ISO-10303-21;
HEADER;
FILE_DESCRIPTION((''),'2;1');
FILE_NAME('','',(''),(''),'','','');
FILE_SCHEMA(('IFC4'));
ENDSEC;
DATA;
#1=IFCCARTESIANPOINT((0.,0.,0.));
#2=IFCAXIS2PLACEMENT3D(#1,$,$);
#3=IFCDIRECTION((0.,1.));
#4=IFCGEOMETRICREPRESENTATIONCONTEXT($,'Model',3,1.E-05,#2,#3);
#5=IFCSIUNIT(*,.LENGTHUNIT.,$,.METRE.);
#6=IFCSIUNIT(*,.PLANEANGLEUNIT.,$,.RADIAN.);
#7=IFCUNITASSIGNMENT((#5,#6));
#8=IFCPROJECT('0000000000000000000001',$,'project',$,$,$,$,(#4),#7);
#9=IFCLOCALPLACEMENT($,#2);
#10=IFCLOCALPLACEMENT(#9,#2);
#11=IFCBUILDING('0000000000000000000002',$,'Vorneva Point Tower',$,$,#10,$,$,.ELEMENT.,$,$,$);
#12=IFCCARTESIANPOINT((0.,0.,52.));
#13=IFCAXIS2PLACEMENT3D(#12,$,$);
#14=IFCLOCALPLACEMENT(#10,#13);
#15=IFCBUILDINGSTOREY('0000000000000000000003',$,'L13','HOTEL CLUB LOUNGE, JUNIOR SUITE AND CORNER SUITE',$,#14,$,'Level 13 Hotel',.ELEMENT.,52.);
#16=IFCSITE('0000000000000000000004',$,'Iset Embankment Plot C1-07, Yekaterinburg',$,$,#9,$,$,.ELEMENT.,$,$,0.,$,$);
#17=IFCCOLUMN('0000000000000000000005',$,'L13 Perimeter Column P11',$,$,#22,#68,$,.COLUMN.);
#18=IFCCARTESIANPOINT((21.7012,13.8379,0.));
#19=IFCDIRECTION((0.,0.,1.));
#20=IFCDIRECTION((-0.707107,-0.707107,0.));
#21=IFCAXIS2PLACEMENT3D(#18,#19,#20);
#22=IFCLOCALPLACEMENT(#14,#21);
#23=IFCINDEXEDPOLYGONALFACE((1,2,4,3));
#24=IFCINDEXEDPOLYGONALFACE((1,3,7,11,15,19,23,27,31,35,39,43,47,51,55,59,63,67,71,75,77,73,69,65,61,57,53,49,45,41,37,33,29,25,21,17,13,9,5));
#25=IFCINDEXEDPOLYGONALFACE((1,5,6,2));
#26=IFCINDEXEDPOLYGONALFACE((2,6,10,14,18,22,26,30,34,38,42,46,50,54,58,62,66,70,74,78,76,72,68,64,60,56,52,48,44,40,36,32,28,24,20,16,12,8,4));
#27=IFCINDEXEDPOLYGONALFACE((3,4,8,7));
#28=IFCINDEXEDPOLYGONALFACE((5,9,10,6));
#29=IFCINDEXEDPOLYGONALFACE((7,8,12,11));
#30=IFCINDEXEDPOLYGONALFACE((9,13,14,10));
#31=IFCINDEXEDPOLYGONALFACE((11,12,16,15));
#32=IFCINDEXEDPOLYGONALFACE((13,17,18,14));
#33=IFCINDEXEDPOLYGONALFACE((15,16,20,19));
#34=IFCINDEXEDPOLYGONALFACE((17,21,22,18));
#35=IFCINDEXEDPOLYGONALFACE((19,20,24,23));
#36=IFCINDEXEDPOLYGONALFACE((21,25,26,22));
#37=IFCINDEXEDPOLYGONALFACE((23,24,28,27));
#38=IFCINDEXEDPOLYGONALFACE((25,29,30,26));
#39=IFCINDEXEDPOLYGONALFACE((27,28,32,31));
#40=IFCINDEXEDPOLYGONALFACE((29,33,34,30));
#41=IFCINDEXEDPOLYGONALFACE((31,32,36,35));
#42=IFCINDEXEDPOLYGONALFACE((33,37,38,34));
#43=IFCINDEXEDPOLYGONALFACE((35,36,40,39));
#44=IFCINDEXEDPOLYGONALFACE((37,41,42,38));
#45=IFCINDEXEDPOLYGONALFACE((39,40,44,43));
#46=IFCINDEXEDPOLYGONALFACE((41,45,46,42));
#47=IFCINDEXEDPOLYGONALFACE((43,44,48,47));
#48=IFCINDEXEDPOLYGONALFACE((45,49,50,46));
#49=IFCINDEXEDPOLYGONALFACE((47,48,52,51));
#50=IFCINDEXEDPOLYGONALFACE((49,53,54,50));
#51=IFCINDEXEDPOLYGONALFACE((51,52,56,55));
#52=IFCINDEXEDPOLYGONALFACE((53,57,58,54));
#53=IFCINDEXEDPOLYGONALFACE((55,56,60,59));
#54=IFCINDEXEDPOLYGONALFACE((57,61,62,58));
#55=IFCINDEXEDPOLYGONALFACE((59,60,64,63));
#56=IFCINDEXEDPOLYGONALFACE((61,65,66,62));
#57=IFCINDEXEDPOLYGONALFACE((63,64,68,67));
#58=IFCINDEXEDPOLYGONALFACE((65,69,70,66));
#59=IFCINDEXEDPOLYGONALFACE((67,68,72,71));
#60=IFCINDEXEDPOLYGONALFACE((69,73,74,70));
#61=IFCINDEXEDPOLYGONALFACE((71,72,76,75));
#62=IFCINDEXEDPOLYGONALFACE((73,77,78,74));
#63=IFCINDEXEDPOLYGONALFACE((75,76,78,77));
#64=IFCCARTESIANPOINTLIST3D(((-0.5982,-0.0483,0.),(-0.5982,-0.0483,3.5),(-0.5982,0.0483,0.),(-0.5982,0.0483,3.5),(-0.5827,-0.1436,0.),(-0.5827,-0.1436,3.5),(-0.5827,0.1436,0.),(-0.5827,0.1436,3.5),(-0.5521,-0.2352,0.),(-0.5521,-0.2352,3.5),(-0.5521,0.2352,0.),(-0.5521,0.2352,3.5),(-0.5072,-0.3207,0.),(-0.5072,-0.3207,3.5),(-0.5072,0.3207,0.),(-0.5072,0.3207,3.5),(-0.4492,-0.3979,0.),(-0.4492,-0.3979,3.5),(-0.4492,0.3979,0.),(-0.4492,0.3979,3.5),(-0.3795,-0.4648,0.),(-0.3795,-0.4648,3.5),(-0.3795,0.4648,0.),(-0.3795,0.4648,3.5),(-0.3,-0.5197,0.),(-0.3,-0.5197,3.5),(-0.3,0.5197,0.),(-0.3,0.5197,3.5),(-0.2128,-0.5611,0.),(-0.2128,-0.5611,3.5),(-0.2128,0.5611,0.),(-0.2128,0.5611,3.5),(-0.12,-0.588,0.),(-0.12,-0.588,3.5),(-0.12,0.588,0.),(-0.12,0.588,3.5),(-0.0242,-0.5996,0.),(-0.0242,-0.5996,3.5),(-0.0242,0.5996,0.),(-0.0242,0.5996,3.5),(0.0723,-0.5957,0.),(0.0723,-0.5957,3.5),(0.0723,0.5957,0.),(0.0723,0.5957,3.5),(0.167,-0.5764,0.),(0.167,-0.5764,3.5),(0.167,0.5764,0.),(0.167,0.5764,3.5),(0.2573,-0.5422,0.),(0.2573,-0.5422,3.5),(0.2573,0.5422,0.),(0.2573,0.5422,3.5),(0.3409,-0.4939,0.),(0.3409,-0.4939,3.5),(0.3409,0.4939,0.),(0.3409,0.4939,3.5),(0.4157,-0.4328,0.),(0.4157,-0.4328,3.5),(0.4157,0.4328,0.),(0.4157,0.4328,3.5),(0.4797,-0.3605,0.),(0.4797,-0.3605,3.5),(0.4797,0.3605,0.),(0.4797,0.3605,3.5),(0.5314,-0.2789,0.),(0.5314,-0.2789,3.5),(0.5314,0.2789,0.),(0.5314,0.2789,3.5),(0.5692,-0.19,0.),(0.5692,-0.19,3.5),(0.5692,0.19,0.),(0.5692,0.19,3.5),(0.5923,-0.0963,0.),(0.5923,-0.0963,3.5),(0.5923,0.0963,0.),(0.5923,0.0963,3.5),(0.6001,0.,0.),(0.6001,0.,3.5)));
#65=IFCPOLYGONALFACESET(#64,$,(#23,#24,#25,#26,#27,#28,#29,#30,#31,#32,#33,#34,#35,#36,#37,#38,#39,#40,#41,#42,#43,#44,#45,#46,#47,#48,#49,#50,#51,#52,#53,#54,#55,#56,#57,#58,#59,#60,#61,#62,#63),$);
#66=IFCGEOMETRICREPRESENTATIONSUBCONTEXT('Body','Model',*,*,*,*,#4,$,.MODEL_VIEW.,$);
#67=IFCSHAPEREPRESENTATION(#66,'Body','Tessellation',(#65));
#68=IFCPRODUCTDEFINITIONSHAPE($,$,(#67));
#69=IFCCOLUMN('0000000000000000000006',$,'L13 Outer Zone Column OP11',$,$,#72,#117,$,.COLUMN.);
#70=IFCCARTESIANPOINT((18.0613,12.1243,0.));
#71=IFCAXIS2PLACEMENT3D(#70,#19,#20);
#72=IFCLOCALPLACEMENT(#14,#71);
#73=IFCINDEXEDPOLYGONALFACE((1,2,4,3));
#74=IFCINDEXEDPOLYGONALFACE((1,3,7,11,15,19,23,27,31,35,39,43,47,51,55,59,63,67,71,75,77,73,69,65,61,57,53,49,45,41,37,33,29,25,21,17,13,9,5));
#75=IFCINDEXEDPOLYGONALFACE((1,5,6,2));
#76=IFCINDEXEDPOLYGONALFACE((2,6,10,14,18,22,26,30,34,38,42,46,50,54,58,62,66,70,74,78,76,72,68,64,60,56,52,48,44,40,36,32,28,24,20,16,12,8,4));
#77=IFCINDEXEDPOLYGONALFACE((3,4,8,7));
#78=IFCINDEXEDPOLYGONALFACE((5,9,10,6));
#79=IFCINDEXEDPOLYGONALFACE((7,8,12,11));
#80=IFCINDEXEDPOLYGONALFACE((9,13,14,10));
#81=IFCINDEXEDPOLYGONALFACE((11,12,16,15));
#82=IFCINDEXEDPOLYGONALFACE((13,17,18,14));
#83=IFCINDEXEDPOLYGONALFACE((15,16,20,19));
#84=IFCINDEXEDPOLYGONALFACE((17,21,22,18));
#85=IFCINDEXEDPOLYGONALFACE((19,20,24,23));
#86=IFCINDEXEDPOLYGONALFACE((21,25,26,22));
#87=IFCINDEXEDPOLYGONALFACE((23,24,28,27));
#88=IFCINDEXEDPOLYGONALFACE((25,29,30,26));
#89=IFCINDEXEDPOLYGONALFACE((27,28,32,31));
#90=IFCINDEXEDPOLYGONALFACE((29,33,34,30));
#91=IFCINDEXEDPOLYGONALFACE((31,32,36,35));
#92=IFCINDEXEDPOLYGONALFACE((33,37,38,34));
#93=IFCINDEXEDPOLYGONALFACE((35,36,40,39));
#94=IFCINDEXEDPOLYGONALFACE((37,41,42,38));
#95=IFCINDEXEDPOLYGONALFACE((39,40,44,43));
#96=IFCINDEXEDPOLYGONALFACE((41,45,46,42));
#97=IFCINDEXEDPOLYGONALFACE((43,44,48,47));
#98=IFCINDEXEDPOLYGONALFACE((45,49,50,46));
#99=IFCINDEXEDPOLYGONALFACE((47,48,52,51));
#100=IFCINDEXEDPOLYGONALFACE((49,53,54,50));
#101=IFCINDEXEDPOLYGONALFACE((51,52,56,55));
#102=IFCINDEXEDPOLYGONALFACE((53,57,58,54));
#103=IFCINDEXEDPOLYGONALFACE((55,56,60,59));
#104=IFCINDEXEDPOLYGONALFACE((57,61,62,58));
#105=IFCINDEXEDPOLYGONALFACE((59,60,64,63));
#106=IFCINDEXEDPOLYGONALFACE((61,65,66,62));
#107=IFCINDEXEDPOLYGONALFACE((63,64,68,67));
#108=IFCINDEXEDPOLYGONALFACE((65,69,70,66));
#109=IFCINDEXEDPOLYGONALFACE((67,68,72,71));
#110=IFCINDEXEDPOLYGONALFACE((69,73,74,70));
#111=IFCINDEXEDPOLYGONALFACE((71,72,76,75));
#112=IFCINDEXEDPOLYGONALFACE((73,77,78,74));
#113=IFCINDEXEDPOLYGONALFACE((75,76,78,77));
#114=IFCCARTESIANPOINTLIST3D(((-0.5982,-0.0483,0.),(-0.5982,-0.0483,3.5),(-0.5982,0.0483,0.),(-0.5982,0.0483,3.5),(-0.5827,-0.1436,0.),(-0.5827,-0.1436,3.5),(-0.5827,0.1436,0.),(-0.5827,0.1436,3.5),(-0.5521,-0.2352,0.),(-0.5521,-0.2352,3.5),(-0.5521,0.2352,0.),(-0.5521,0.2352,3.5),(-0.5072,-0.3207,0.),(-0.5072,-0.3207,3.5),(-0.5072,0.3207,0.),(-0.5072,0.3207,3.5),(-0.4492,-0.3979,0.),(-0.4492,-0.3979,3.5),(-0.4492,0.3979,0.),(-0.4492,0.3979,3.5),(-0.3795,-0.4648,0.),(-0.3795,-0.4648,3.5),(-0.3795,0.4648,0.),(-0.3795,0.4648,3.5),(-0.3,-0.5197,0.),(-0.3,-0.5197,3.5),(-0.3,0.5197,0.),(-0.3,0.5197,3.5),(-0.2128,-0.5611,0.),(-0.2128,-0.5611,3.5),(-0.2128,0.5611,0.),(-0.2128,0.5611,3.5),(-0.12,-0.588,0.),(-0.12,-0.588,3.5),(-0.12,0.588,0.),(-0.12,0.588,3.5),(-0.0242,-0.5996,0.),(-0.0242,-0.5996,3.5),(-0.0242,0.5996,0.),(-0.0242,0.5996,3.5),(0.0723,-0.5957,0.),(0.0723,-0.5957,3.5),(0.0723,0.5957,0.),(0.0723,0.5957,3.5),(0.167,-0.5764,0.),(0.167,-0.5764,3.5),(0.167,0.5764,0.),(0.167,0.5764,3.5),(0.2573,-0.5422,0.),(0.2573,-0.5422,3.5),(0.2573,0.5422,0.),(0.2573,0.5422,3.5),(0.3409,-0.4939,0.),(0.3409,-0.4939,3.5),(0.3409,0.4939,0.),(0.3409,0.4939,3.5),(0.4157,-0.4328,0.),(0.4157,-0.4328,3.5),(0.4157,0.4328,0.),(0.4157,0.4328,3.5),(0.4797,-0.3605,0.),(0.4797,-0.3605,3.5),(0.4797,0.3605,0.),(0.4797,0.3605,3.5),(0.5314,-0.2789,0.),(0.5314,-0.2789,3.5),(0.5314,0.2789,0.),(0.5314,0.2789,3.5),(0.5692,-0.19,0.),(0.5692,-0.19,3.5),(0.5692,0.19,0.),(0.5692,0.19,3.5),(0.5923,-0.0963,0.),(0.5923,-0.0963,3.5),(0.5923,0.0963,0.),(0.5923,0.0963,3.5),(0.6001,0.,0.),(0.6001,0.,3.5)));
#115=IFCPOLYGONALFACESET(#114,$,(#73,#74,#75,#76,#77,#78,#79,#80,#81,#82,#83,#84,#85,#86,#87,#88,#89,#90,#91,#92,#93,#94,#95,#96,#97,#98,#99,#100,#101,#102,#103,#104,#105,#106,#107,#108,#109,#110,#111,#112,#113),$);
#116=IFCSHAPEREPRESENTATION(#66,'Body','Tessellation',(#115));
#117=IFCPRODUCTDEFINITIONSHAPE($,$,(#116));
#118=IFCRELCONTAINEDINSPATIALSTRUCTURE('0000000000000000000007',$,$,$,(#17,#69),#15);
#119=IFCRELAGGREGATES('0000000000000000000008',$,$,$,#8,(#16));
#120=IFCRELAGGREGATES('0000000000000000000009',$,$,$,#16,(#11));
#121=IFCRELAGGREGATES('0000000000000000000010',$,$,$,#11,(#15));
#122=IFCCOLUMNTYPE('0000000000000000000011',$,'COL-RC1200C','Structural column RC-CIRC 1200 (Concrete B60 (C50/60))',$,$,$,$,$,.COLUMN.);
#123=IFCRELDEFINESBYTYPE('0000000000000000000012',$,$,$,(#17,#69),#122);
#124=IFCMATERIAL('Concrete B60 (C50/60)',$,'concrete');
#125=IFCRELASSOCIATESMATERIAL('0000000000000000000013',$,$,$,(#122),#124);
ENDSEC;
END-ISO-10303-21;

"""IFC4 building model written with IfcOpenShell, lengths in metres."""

from ifc_helpers import new_model, si_unit, direction, frame, origin, origin_2d, place, context, subcontext, project, spatial, circle, extrude, material, material_profile, profile_set, type_object, element, save


model = new_model("IFC4")

# Units and contexts
model_context = context("Model", 3, precision=1e-05, world=origin(), true_north=direction((0.0, 1.0)))
body_context = subcontext(model_context, "Body", "Model", "MODEL_VIEW")
ifc_project = project(units=[si_unit("LENGTHUNIT", "METRE"), si_unit("PLANEANGLEUNIT", "RADIAN")], contexts=[model_context])

# Site, building, storey
site_placement = place(None, origin())
site = spatial("IfcSite", under=ifc_project, at=site_placement, Name="Iset Embankment Plot C1-07, Yekaterinburg", CompositionType="ELEMENT", RefElevation=0.0)
building_placement = place(site_placement, origin())
building = spatial("IfcBuilding", under=site, at=building_placement, Name="Vorneva Point Tower", CompositionType="ELEMENT")
storey_placement = place(building_placement, frame((0.0, 0.0, 52.0)))
storey = spatial("IfcBuildingStorey", under=building, at=storey_placement, Name="L13", Description="HOTEL CLUB LOUNGE, JUNIOR SUITE AND CORNER SUITE", LongName="Level 13 Hotel", CompositionType="ELEMENT", Elevation=52.0)

# Columns
ifc_material_1 = material(Name="Concrete B60 (C50/60)", Category="concrete")
ifc_material_profile_1 = material_profile(ifc_material_1, circle(Radius=0.6001, at=origin_2d()), Name="RC-CIRC 1200")
ifc_profile_set_1 = profile_set([ifc_material_profile_1], Name="Concrete B60 (C50/60)")
column_type_1 = type_object("IfcColumnType", Name="COL-RC1200C", Description="Structural column RC-CIRC 1200 (Concrete B60 (C50/60))", PredefinedType="COLUMN", material=ifc_profile_set_1)
for number, where, z_axis, x_axis, name in (
    (1, (21.7012, 13.8379, 0.0), (0.0, 0.0, 1.0), (-0.707107, -0.707107, 0.0), "L13 Perimeter Column P11"),
    (2, (18.0613, 12.1243, 0.0), (0.0, 0.0, 1.0), (-0.707107, -0.707107, 0.0), "L13 Outer Zone Column OP11"),
):
    element("IfcColumn", number, at=place(storey_placement, frame(where, z_axis=z_axis, x_axis=x_axis)), inside=storey, type_object=column_type_1, Name=name, PredefinedType="COLUMN", context=body_context, shape_type="SweptSolid", body=[
        extrude(circle(Radius=0.6001, at=origin_2d()), origin(), (0.0, 0.0, 1.0), 3.5),
    ])

save(model, "model.ifc")
